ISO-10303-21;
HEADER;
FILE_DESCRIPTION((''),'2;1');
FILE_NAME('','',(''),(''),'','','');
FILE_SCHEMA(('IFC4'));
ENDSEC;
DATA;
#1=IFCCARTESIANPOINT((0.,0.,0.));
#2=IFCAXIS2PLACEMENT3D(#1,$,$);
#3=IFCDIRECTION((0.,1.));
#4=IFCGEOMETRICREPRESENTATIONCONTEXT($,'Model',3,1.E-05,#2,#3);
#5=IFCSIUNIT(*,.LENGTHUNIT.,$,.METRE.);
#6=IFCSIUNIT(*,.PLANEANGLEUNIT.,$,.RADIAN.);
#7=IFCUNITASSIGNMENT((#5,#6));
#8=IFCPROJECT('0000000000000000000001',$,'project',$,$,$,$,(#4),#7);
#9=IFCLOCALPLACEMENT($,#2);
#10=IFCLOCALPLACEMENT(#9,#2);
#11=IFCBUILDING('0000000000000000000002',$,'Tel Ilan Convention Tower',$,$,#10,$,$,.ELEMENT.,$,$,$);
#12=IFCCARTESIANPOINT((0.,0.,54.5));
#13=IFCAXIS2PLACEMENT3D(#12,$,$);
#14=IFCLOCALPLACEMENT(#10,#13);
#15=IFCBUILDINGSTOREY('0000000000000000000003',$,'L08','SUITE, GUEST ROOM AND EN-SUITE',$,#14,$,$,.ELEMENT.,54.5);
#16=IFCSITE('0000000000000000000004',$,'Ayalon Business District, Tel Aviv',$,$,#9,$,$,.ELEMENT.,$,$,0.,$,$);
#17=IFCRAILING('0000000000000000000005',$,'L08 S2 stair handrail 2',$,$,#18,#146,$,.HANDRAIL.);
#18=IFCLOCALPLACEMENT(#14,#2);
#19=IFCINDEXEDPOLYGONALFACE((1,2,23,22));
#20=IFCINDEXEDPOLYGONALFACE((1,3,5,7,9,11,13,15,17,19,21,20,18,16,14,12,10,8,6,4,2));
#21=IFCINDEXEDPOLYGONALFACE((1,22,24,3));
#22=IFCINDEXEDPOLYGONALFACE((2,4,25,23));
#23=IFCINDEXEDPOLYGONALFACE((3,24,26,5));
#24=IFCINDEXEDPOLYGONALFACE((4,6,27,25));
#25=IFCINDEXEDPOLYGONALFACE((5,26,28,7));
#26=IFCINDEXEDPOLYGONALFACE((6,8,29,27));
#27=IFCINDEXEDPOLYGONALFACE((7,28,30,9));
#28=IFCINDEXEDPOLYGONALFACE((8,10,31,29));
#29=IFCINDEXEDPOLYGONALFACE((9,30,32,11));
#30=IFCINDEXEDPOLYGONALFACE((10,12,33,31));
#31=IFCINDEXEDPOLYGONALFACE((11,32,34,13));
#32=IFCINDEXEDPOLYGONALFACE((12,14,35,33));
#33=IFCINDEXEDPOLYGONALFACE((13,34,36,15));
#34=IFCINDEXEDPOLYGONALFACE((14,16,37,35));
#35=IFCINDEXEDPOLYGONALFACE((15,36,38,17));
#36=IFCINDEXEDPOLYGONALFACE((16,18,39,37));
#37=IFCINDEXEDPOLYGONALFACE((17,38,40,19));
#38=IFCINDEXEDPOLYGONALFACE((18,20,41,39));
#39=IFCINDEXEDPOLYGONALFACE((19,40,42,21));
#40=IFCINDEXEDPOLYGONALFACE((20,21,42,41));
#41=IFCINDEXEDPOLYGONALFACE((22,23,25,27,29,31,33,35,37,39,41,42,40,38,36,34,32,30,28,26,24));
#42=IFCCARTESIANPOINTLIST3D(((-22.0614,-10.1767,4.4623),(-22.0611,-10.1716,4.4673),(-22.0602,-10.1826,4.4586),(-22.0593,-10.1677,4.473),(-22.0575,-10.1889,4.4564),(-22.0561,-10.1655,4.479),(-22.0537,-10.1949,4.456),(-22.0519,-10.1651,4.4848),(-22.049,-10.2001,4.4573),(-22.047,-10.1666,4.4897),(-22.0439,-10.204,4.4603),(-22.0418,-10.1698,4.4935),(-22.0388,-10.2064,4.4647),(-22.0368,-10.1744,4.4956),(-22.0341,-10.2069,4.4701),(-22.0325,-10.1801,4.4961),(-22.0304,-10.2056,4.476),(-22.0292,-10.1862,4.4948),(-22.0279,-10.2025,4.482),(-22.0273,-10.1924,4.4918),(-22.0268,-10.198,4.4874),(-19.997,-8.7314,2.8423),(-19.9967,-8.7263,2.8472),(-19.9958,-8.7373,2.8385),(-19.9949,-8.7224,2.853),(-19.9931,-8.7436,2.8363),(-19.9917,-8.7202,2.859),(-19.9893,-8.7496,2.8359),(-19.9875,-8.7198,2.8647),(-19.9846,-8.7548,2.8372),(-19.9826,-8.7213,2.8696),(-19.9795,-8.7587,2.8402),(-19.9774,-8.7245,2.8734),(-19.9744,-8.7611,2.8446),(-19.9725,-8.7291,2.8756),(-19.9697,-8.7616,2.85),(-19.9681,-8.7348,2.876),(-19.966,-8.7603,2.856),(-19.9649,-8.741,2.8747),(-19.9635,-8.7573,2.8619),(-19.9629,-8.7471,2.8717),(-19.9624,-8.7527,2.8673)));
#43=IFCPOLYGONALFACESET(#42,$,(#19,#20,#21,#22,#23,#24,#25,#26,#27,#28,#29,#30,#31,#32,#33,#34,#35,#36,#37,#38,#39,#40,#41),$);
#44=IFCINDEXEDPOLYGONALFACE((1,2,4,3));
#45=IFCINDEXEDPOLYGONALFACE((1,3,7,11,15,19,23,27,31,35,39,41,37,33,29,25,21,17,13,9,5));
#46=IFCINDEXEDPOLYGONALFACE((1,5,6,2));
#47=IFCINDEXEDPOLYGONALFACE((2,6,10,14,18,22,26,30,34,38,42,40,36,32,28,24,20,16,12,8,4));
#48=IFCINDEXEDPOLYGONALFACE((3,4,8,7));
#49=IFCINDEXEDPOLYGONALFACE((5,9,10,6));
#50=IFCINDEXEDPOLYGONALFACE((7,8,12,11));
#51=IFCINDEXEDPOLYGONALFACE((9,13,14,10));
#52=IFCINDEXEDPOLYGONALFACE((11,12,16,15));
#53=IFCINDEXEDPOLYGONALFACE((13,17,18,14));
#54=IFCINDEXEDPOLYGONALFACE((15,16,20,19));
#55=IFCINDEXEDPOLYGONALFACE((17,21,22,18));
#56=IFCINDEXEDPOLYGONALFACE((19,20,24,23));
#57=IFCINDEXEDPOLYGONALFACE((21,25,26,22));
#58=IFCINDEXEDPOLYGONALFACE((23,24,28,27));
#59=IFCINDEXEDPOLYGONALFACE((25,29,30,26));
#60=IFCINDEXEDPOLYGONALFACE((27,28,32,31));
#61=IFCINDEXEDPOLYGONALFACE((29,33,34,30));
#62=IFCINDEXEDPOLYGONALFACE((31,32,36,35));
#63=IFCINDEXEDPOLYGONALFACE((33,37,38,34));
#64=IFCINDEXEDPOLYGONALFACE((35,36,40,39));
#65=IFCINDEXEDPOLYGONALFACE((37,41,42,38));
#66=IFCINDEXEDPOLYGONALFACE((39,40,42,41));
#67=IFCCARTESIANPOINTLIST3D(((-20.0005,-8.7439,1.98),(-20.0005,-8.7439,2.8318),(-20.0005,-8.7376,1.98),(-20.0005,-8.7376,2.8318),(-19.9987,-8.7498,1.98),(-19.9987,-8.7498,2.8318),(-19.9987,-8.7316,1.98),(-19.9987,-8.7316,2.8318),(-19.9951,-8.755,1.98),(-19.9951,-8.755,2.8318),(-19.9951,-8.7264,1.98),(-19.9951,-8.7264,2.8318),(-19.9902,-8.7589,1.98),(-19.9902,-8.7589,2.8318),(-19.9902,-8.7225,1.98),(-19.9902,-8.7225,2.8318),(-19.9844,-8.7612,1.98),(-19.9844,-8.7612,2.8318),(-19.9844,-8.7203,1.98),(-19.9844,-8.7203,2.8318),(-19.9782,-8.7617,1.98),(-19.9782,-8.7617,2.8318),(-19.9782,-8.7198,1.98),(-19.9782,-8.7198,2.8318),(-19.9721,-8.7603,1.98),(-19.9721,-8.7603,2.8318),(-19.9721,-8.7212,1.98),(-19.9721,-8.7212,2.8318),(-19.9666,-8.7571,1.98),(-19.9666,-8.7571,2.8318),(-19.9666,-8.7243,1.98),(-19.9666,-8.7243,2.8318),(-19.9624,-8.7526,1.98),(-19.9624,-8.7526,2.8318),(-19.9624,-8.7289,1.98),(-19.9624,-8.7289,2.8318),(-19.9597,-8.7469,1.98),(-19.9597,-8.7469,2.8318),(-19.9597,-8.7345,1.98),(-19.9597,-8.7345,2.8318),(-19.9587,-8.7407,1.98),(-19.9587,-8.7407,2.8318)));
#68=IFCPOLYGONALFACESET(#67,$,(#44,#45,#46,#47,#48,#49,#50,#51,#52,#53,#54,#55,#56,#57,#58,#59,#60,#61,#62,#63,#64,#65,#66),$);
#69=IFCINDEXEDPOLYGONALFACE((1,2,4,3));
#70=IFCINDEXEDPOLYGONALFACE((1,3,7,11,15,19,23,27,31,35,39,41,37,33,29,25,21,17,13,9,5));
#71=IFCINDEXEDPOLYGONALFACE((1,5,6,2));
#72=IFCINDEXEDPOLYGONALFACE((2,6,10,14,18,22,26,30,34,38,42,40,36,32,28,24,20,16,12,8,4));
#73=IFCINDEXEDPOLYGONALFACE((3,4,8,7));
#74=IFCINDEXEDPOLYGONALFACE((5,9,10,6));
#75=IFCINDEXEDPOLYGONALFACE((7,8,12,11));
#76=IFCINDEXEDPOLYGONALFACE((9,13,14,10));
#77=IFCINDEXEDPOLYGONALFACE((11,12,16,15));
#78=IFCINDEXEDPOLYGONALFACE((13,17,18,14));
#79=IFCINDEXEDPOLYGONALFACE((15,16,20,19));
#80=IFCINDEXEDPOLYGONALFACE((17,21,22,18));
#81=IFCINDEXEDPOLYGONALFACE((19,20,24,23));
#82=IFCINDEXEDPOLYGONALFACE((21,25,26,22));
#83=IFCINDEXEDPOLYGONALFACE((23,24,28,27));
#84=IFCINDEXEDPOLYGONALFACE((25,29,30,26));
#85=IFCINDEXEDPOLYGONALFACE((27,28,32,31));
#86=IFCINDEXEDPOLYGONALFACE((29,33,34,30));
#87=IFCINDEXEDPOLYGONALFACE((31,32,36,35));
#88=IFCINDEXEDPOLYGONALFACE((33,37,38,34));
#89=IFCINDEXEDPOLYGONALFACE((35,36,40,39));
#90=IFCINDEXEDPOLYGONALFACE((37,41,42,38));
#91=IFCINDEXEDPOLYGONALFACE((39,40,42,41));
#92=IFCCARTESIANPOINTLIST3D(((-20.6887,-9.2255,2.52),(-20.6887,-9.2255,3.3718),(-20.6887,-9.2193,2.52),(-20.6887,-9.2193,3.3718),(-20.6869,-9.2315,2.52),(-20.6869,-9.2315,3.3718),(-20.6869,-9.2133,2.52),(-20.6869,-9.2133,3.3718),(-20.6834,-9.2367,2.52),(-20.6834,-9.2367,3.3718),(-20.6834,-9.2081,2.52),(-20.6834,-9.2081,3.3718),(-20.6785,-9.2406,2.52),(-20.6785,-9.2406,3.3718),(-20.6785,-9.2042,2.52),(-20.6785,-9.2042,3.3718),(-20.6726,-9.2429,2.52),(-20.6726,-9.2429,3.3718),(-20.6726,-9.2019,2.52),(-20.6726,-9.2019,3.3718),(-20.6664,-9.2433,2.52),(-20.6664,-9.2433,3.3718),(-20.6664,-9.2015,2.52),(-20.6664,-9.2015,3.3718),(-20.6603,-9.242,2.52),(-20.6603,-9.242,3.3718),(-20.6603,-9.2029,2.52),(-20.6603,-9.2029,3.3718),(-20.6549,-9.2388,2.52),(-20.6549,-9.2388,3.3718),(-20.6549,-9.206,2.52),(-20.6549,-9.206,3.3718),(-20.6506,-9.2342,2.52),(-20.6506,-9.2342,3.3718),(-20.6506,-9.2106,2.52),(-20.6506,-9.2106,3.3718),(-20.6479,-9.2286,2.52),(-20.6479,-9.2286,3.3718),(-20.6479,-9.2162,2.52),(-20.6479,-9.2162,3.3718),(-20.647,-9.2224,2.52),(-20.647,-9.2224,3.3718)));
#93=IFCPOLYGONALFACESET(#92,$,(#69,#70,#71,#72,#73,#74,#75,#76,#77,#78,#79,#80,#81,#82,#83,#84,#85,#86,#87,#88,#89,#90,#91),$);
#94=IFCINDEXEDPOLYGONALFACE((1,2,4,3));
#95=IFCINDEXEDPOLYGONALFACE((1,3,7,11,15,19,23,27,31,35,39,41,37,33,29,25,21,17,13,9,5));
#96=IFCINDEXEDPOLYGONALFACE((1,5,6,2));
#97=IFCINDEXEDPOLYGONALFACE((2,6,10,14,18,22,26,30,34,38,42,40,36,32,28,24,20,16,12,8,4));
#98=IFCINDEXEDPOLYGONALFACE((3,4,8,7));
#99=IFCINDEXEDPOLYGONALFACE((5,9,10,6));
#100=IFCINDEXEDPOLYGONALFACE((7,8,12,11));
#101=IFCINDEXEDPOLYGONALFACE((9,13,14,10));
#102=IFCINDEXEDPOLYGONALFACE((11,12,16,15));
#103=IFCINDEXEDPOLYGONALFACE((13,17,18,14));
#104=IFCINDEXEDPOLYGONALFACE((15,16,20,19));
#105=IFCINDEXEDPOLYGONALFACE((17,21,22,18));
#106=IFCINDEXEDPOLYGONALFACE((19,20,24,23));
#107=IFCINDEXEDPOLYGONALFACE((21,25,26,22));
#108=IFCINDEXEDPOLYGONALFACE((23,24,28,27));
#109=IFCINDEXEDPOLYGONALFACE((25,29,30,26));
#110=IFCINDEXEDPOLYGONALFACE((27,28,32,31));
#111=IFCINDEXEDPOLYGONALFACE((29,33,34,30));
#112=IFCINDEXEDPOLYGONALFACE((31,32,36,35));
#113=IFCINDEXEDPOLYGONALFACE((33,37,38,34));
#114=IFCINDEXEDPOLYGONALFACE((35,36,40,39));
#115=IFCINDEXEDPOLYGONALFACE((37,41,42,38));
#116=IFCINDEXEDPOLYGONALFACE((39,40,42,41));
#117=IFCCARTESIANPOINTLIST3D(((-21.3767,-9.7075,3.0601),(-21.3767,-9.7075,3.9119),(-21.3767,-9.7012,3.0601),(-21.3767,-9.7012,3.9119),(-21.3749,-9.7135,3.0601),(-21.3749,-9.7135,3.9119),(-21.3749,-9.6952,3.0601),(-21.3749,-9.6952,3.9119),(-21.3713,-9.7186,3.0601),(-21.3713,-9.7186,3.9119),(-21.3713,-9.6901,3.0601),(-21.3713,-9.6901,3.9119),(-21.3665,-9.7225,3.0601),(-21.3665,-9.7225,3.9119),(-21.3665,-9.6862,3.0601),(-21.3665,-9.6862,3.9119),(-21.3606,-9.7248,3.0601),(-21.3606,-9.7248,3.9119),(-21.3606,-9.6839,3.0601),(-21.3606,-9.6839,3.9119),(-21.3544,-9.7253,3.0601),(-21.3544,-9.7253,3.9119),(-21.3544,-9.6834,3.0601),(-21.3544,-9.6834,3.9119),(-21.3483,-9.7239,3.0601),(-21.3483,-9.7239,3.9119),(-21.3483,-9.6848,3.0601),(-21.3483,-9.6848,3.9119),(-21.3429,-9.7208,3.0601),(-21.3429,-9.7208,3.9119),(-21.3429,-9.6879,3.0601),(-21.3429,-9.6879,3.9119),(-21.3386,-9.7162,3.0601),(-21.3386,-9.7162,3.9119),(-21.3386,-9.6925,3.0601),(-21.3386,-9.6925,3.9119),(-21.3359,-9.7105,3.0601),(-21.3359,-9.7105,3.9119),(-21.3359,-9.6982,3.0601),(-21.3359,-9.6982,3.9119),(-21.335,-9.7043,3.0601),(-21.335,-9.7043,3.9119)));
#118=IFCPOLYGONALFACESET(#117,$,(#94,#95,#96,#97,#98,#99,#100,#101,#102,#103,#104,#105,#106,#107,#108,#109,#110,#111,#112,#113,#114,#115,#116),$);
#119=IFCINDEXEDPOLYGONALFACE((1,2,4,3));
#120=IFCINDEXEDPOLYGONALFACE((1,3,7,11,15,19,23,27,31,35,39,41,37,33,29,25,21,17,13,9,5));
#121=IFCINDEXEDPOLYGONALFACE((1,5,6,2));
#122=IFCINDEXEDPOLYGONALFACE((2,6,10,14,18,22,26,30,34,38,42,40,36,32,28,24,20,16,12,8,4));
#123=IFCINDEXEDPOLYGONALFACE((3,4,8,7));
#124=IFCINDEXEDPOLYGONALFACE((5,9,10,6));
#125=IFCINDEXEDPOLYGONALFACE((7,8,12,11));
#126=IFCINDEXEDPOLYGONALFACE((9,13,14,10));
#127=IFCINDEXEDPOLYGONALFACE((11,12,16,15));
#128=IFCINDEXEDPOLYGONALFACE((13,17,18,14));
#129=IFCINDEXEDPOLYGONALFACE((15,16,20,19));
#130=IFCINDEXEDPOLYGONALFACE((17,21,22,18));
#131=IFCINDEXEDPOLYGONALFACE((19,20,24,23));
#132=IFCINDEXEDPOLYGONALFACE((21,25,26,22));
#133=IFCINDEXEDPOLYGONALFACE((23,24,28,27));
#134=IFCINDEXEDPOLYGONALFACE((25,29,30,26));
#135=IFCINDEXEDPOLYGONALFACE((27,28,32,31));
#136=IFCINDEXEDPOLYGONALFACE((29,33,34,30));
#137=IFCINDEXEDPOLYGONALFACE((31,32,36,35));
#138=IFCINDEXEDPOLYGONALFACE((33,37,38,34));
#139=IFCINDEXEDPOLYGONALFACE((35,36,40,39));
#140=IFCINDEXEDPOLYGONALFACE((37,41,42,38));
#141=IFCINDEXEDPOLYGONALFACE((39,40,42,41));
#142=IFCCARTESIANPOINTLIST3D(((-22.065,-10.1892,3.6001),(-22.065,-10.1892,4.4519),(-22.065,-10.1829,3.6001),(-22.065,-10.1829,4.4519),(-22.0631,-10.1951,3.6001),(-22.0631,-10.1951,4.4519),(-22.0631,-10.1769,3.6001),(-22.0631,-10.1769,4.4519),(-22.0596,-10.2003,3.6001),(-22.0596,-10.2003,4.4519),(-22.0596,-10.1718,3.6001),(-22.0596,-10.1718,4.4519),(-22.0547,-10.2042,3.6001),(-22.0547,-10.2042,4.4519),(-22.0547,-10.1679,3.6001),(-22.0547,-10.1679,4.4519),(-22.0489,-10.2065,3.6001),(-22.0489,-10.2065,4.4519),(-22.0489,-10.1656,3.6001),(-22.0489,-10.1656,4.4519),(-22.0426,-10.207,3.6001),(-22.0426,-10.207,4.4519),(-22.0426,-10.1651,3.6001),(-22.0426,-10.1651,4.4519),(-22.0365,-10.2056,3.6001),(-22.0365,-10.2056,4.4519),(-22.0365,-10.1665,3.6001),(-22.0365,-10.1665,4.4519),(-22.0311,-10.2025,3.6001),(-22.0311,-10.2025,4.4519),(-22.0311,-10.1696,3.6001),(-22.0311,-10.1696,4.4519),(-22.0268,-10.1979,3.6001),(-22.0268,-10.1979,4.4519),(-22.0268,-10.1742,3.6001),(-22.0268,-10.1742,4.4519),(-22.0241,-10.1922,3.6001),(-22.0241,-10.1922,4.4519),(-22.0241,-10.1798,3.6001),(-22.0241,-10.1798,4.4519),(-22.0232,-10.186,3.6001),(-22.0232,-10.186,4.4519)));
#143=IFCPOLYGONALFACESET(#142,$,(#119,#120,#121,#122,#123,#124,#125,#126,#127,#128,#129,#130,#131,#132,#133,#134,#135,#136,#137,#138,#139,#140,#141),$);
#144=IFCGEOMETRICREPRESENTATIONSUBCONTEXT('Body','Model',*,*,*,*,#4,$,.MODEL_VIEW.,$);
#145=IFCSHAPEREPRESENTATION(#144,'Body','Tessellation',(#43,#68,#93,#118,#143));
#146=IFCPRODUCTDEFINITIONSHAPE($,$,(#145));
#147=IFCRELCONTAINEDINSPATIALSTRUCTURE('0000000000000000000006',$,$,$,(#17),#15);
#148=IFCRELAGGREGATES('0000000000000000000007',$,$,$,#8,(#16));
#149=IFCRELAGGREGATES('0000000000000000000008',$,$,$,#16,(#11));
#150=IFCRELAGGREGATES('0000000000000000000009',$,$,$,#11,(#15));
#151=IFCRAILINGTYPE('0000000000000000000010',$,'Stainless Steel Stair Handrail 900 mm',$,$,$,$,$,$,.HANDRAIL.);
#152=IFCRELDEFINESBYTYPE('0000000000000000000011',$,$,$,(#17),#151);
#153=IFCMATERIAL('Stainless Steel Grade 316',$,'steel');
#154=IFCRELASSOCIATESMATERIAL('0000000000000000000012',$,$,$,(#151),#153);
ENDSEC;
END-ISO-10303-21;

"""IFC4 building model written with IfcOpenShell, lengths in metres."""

from ifc_helpers import new_model, si_unit, direction, frame, origin, origin_2d, place, context, subcontext, project, spatial, circle, extrude, material, type_object, element, save


model = new_model("IFC4")

# Units and contexts
model_context = context("Model", 3, precision=1e-05, world=origin(), true_north=direction((0.0, 1.0)))
body_context = subcontext(model_context, "Body", "Model", "MODEL_VIEW")
ifc_project = project(units=[si_unit("LENGTHUNIT", "METRE"), si_unit("PLANEANGLEUNIT", "RADIAN")], contexts=[model_context])

# Site, building, storey
site_placement = place(None, origin())
site = spatial("IfcSite", under=ifc_project, at=site_placement, Name="Ayalon Business District, Tel Aviv", CompositionType="ELEMENT", RefElevation=0.0)
building_placement = place(site_placement, origin())
building = spatial("IfcBuilding", under=site, at=building_placement, Name="Tel Ilan Convention Tower", CompositionType="ELEMENT")
storey_placement = place(building_placement, frame((0.0, 0.0, 54.5)))
storey = spatial("IfcBuildingStorey", under=building, at=storey_placement, Name="L08", Description="SUITE, GUEST ROOM AND EN-SUITE", CompositionType="ELEMENT", Elevation=54.5)

# Railing
ifc_material_1 = material(Name="Stainless Steel Grade 316", Category="steel")
railing_type_1 = type_object("IfcRailingType", Name="Stainless Steel Stair Handrail 900 mm", PredefinedType="HANDRAIL", material=ifc_material_1)
railing_1_placement = place(storey_placement, frame((-19.9797, -8.7407, 1.98)))
element("IfcRailing", 1, at=railing_1_placement, inside=storey, type_object=railing_type_1, Name="L08 S2 stair handrail 2", PredefinedType="HANDRAIL", context=body_context, shape_type="SweptSolid", body=[
    extrude(circle(Radius=0.0239, at=origin_2d()), frame((0.0, 0.0, 0.876), z_axis=(-0.689083, -0.482423, 0.54077), x_axis=(0.573514, -0.819196, 0.0)), (0.0, 0.0, 1.0), 2.9958),
    extrude(circle(Radius=0.021, at=origin_2d()), origin(), (0.0, 0.0, 1.0), 0.8518),
    extrude(circle(Radius=0.021, at=origin_2d()), frame((-0.6882, -0.4817, 0.54)), (0.0, 0.0, 1.0), 0.8518),
    extrude(circle(Radius=0.021, at=origin_2d()), frame((-1.3762, -0.9636, 1.0801)), (0.0, 0.0, 1.0), 0.8518),
    extrude(circle(Radius=0.021, at=origin_2d()), frame((-2.0645, -1.4453, 1.6201)), (0.0, 0.0, 1.0), 0.8518),
])

save(model, "model.ifc")
